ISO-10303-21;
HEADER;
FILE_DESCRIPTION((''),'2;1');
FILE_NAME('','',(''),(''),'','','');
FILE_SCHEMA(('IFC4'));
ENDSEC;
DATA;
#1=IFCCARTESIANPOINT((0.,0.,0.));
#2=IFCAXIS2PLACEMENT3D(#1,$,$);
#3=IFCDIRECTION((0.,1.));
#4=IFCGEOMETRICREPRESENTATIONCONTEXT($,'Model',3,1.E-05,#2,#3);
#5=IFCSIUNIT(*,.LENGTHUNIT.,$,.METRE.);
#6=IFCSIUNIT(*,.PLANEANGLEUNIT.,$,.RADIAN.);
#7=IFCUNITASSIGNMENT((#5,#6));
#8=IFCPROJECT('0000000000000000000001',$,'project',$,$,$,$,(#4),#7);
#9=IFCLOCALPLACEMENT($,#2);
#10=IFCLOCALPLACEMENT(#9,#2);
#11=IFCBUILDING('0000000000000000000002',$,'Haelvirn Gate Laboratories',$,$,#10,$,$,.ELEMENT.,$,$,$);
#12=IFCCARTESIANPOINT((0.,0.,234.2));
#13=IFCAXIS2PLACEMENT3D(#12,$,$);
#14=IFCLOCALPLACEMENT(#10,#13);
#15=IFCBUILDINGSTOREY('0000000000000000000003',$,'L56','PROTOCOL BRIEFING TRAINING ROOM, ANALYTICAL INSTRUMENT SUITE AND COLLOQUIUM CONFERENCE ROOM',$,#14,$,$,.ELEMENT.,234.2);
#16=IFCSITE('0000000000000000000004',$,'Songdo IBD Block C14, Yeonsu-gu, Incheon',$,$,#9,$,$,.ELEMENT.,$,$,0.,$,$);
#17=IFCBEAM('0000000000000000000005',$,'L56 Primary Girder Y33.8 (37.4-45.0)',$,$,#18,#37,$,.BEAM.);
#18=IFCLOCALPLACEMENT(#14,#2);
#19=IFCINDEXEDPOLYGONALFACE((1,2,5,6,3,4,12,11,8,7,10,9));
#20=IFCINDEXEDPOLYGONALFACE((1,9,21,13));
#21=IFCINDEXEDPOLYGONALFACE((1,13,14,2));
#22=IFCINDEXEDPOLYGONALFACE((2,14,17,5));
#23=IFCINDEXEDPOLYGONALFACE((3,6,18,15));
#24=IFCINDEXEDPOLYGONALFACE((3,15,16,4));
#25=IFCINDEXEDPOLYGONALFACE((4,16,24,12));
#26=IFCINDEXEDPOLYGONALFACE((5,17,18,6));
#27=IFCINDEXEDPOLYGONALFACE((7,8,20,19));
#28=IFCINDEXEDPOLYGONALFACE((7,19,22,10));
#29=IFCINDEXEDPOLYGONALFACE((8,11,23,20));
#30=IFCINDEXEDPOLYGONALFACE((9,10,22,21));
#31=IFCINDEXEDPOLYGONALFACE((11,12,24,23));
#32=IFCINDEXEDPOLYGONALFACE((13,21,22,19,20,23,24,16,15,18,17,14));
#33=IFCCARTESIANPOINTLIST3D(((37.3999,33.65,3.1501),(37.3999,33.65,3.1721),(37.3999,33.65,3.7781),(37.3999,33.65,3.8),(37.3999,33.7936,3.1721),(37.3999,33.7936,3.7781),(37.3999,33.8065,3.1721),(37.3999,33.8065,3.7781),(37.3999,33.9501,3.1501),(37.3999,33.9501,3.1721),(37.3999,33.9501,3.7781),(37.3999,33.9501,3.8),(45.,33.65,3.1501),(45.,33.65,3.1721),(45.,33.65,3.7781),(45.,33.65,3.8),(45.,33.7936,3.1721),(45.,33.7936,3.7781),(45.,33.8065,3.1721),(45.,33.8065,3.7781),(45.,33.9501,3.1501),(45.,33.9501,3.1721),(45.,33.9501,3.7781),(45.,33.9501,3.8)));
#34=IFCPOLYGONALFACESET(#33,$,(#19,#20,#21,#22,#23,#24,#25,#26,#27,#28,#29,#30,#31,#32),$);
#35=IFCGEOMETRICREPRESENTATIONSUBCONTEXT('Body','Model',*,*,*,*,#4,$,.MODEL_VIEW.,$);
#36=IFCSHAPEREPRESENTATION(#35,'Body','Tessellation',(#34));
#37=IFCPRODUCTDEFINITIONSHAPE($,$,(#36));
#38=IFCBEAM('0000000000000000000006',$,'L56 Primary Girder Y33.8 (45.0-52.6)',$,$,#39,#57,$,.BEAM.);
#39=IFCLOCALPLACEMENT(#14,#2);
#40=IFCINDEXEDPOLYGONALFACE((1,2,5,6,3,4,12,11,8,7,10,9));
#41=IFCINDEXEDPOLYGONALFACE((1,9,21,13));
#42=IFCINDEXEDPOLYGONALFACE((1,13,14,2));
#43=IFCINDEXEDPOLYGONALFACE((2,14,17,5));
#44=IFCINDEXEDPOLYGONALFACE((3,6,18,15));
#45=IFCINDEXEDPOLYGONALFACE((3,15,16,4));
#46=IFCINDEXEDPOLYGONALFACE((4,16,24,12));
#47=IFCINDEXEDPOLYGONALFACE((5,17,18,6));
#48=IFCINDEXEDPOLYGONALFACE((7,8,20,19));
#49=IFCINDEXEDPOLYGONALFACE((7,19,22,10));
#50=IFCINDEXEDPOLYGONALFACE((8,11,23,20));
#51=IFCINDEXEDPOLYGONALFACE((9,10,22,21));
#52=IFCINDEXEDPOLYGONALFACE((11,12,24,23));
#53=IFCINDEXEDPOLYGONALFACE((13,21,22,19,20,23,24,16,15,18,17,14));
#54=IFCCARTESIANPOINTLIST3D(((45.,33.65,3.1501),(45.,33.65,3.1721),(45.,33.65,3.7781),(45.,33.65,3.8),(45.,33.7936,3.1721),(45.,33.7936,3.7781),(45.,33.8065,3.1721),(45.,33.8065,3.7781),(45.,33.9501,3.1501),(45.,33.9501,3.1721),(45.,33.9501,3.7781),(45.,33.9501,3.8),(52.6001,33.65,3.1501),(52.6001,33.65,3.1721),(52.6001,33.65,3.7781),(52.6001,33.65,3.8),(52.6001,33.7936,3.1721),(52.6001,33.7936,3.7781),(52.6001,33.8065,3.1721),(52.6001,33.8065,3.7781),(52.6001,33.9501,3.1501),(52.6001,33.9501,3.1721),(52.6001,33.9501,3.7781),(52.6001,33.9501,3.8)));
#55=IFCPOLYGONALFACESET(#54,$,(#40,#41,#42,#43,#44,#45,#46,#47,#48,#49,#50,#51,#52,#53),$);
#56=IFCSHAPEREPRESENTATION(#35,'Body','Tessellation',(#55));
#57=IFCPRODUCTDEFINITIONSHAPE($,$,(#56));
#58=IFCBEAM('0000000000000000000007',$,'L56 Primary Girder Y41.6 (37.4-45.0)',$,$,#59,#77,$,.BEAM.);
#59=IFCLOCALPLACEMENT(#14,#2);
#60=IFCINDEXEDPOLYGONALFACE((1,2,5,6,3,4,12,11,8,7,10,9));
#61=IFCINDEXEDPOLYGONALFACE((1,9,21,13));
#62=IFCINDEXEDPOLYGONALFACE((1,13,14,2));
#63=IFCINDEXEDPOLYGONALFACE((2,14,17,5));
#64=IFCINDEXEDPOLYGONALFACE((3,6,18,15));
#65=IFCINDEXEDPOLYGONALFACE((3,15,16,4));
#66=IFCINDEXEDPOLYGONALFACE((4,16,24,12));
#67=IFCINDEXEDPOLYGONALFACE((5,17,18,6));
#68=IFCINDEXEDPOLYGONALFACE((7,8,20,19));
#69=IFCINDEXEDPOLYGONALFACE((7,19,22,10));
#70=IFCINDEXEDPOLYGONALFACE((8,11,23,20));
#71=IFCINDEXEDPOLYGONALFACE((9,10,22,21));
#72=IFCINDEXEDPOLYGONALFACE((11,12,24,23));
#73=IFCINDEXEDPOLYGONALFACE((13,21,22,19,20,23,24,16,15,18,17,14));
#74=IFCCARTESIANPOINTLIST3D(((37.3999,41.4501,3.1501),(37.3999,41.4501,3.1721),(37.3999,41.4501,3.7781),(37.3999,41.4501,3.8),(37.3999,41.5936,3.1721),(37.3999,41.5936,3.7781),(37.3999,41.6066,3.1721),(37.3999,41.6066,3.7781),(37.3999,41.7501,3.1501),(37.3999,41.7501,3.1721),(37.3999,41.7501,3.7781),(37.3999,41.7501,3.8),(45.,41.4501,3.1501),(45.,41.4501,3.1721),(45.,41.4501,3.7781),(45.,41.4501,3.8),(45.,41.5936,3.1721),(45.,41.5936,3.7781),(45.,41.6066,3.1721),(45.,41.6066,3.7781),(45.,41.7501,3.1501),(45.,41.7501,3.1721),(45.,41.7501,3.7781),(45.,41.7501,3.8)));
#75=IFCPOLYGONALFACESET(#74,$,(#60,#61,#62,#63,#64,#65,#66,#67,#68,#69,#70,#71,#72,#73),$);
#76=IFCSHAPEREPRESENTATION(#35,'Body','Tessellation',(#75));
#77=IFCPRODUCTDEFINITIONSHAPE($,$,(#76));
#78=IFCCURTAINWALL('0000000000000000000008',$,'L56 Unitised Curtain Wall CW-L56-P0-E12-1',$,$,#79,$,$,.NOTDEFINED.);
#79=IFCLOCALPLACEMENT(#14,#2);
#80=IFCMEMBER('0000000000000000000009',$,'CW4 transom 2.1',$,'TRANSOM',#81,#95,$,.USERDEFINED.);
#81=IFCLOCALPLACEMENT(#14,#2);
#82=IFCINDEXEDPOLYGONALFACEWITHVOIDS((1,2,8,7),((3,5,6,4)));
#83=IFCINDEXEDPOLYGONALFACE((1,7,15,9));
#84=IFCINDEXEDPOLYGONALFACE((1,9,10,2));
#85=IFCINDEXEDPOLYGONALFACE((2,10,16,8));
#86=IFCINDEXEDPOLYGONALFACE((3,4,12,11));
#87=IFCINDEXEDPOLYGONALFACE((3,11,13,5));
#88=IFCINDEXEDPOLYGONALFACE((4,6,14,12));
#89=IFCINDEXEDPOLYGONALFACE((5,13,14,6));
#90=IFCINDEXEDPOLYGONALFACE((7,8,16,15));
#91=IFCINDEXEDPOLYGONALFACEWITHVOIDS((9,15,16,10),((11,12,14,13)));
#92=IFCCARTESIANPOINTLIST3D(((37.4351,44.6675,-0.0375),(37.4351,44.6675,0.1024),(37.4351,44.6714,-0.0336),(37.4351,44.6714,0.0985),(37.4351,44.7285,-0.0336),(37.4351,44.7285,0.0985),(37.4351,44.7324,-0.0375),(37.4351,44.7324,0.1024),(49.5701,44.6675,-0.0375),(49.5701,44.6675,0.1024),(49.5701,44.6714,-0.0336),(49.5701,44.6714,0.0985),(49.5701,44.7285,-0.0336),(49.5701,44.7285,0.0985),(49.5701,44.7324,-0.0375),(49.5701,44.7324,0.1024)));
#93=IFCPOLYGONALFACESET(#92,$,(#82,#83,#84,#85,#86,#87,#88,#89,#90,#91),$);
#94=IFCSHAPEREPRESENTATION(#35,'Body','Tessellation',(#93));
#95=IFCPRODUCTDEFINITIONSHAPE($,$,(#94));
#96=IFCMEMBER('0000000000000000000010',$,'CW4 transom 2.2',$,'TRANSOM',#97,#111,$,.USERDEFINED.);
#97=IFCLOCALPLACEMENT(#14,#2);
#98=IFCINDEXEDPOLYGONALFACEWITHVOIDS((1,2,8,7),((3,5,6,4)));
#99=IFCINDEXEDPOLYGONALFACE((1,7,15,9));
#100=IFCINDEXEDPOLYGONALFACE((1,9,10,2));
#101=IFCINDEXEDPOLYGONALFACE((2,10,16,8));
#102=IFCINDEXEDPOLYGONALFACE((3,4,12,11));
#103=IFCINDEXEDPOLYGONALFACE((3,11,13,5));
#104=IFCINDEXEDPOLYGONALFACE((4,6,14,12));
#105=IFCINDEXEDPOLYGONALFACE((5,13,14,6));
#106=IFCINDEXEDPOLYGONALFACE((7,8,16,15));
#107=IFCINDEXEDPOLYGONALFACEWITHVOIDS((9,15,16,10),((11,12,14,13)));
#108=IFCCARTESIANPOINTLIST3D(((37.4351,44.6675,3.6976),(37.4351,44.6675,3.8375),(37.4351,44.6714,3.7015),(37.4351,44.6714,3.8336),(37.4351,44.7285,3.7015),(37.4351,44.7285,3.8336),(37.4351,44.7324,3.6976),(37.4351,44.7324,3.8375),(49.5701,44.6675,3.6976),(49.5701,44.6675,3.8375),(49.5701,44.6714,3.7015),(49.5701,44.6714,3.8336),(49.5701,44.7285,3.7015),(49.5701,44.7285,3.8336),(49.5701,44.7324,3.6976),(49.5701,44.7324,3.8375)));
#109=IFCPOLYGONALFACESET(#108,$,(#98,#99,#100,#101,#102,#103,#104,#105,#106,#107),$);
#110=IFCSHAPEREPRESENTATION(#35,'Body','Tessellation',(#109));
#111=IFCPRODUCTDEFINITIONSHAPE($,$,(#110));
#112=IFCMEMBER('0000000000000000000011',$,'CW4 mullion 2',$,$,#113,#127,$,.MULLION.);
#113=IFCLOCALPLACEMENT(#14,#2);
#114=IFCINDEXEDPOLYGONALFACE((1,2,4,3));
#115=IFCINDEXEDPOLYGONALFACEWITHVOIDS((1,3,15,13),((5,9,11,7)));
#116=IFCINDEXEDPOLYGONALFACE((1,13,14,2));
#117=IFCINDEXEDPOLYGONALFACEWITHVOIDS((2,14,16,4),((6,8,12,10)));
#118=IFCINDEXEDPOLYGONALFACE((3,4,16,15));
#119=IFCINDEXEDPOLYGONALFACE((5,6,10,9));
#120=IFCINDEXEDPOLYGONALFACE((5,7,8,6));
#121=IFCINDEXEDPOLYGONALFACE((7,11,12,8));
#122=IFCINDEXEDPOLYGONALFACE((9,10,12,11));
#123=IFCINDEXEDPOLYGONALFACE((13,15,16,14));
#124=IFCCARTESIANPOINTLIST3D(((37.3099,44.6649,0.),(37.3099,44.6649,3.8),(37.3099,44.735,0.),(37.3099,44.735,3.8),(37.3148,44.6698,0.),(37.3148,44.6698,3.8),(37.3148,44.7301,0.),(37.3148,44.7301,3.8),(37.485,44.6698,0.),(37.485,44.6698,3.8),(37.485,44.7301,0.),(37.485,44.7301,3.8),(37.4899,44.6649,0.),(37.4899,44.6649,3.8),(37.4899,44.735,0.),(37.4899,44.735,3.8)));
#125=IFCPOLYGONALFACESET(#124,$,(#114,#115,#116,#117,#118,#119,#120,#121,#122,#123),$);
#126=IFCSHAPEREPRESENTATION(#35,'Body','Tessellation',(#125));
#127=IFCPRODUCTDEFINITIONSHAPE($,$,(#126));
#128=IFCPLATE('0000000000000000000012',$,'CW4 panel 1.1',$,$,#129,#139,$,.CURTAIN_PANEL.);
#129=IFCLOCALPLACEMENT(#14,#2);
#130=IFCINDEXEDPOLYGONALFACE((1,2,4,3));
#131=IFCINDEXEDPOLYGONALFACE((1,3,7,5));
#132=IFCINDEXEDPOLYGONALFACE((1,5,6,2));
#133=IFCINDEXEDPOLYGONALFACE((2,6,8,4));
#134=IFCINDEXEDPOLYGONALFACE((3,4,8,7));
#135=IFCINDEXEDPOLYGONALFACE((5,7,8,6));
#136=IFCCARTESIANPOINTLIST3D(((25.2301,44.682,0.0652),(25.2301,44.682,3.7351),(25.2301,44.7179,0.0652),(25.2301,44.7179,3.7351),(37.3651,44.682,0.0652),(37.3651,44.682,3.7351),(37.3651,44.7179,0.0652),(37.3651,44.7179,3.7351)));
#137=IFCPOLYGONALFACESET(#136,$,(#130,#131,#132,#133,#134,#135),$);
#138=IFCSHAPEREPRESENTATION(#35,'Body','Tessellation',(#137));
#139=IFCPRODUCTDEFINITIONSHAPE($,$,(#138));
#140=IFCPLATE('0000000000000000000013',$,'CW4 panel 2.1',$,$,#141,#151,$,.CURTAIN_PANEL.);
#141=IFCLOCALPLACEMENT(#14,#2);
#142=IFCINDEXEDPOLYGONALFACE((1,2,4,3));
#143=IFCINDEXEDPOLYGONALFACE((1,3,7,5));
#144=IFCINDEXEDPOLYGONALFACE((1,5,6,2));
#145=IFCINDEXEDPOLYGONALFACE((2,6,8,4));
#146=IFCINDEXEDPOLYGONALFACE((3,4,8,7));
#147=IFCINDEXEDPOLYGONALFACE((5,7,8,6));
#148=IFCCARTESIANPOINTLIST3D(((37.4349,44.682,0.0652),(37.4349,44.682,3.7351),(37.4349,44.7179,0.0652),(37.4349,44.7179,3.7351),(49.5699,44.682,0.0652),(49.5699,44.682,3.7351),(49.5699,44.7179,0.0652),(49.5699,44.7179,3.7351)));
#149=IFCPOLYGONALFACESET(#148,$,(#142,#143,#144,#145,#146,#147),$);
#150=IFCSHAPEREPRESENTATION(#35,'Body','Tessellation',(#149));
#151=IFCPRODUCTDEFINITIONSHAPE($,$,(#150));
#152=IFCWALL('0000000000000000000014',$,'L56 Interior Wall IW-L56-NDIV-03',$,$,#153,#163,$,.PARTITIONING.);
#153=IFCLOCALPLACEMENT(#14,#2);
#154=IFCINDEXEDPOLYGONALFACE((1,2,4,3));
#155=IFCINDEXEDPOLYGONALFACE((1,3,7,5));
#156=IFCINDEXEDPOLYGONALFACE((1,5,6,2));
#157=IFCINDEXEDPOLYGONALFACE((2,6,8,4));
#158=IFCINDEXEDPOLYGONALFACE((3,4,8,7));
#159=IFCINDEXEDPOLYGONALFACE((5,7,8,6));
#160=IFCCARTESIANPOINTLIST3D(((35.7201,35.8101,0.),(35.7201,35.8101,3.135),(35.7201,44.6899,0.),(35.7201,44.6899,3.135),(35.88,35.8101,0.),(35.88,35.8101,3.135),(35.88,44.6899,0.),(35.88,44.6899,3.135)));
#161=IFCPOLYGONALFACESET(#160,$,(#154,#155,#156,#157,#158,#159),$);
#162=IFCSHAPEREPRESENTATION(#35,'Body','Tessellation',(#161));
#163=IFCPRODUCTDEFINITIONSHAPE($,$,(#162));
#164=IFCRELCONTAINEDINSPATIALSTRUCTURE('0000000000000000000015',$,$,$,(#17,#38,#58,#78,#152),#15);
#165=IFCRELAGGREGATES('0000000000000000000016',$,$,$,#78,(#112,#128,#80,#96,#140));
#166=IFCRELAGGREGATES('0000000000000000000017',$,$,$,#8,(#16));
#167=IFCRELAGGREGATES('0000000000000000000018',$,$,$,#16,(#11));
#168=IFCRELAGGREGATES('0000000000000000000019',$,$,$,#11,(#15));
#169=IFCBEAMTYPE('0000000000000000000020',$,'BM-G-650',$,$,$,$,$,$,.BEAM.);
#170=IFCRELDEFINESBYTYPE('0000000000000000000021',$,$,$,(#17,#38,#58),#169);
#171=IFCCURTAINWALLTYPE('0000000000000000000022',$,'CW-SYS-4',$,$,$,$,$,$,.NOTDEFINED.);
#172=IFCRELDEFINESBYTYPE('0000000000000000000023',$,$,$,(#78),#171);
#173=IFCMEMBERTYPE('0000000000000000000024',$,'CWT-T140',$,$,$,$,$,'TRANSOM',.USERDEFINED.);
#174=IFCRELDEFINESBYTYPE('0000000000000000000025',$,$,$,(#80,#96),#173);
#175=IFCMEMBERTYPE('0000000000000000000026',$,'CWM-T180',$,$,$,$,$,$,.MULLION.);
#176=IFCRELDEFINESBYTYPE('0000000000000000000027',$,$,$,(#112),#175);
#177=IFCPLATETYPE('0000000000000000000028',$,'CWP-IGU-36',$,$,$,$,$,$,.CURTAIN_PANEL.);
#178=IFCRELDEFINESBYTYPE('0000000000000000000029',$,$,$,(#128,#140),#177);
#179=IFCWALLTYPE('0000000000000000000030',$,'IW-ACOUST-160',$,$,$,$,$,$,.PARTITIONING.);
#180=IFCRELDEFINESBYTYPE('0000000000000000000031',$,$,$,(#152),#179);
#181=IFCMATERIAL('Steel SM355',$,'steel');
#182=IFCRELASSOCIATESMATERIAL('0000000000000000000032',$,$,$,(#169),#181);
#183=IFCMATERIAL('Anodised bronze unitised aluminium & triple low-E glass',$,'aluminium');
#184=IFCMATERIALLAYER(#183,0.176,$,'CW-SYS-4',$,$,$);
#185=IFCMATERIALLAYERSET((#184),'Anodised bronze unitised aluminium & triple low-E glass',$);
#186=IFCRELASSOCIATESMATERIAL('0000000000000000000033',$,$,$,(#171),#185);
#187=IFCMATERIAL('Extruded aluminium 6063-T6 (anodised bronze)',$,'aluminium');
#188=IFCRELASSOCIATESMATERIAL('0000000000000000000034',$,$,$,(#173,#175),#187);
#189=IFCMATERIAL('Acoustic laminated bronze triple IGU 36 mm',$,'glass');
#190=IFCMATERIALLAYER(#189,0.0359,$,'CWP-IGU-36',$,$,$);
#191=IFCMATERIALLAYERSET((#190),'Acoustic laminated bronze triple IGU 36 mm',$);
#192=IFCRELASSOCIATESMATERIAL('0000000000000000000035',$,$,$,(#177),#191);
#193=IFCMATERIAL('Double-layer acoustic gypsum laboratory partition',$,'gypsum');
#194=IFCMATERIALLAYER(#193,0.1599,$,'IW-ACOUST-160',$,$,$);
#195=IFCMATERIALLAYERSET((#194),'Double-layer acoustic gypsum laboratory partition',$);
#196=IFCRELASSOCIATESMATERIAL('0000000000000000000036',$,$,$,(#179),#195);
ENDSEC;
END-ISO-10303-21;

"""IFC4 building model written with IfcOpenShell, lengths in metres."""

from ifc_helpers import new_model, si_unit, direction, frame, frame_2d, origin, origin_2d, place, context, subcontext, project, spatial, rectangle, hollow_rectangle, i_section, extrude, source, transform, mapped, material, layer, layer_set, material_profile, profile_set, type_object, type_shapes, element, aggregate, save


model = new_model("IFC4")

# Units and contexts
model_context = context("Model", 3, precision=1e-05, world=origin(), true_north=direction((0.0, 1.0)))
body_context = subcontext(model_context, "Body", "Model", "MODEL_VIEW")
ifc_project = project(units=[si_unit("LENGTHUNIT", "METRE"), si_unit("PLANEANGLEUNIT", "RADIAN")], contexts=[model_context])

# Site, building, storey
site_placement = place(None, origin())
site = spatial("IfcSite", under=ifc_project, at=site_placement, Name="Songdo IBD Block C14, Yeonsu-gu, Incheon", CompositionType="ELEMENT", RefElevation=0.0)
building_placement = place(site_placement, origin())
building = spatial("IfcBuilding", under=site, at=building_placement, Name="Haelvirn Gate Laboratories", CompositionType="ELEMENT")
storey_placement = place(building_placement, frame((0.0, 0.0, 234.2)))
storey = spatial("IfcBuildingStorey", under=building, at=storey_placement, Name="L56", Description="PROTOCOL BRIEFING TRAINING ROOM, ANALYTICAL INSTRUMENT SUITE AND COLLOQUIUM CONFERENCE ROOM", CompositionType="ELEMENT", Elevation=234.2)

# Shared definitions
ifc_material_1 = material(Name="Steel SM355", Category="steel")

# Beams
ifc_material_profile_1 = material_profile(ifc_material_1, i_section(OverallWidth=0.3, OverallDepth=0.6499, WebThickness=0.0129, FlangeThickness=0.022, at=origin_2d()), Name="H-650x300x13x22")
ifc_profile_set_1 = profile_set([ifc_material_profile_1], Name="Steel SM355")
beam_type_1 = type_object("IfcBeamType", Name="BM-G-650", PredefinedType="BEAM", material=ifc_profile_set_1)
shared_shape_1 = source(origin(), body_context, "Body", "SweptSolid", [
    extrude(i_section(OverallWidth=0.3, OverallDepth=0.6499, WebThickness=0.0129, FlangeThickness=0.022, at=origin_2d()), origin(), (0.0, 0.0, 1.0), 7.6001),
])
type_shapes(beam_type_1, [shared_shape_1])
for number, where, z_axis, x_axis, name in (
    (1, (37.3999, 33.8, 3.4751), (1.0, 0.0, 0.0), (0.0, 1.0, 0.0), "L56 Primary Girder Y33.8 (37.4-45.0)"),
    (2, (45.0, 33.8, 3.4751), (1.0, 0.0, 0.0), (0.0, 1.0, 0.0), "L56 Primary Girder Y33.8 (45.0-52.6)"),
    (3, (37.3999, 41.6001, 3.4751), (1.0, 0.0, 0.0), (0.0, 1.0, 0.0), "L56 Primary Girder Y41.6 (37.4-45.0)"),
):
    element("IfcBeam", number, at=place(storey_placement, frame(where, z_axis=z_axis, x_axis=x_axis)), inside=storey, type_object=beam_type_1, Name=name, PredefinedType="BEAM", context=body_context, shape_type="MappedRepresentation", body=[
        mapped(shared_shape_1, transform((0.0, 0.0, 0.0), scale=1.0)),
    ])

# Curtain wall, members, plates
ifc_material_2 = material(Name="Anodised bronze unitised aluminium & triple low-E glass", Category="aluminium")
ifc_layer_1 = layer(ifc_material_2, 0.176, Name="CW-SYS-4")
ifc_layer_set_1 = layer_set([ifc_layer_1], Name="Anodised bronze unitised aluminium & triple low-E glass")
curtain_wall_type = type_object("IfcCurtainWallType", Name="CW-SYS-4", PredefinedType="NOTDEFINED", material=ifc_layer_set_1)
curtain_wall_placement = place(storey_placement, origin())
curtain_wall = element("IfcCurtainWall", 4, at=curtain_wall_placement, inside=storey, type_object=curtain_wall_type, Name="L56 Unitised Curtain Wall CW-L56-P0-E12-1", PredefinedType="NOTDEFINED")
ifc_material_3 = material(Name="Extruded aluminium 6063-T6 (anodised bronze)", Category="aluminium")
ifc_material_profile_2 = material_profile(ifc_material_3, hollow_rectangle(XDim=0.0649, YDim=0.1399, WallThickness=0.0039, at=origin_2d()), Name="CWT-140x65x4")
ifc_profile_set_2 = profile_set([ifc_material_profile_2], Name="Extruded aluminium 6063-T6 (anodised bronze)")
member_type_1 = type_object("IfcMemberType", Name="CWT-T140", ElementType="TRANSOM", PredefinedType="USERDEFINED", material=ifc_profile_set_2)
shared_shape_2 = source(origin(), body_context, "Body", "SweptSolid", [
    extrude(hollow_rectangle(XDim=0.0649, YDim=0.1399, WallThickness=0.0039, at=origin_2d()), origin(), (0.0, 0.0, 1.0), 12.135),
])
type_shapes(member_type_1, [shared_shape_2])
member_1_placement = place(storey_placement, frame((37.4351, 44.7, 0.0325), z_axis=(1.0, 0.0, 0.0), x_axis=(0.0, 1.0, 0.0)))
member_1 = element("IfcMember", 5, at=member_1_placement, type_object=member_type_1, Name="CW4 transom 2.1", ObjectType="TRANSOM", PredefinedType="USERDEFINED", context=body_context, shape_type="MappedRepresentation", body=[
    mapped(shared_shape_2, transform((0.0, 0.0, 0.0), scale=1.0)),
])
member_2_placement = place(storey_placement, frame((37.4351, 44.7, 3.7676), z_axis=(1.0, 0.0, 0.0), x_axis=(0.0, 1.0, 0.0)))
member_2 = element("IfcMember", 6, at=member_2_placement, type_object=member_type_1, Name="CW4 transom 2.2", ObjectType="TRANSOM", PredefinedType="USERDEFINED", context=body_context, shape_type="MappedRepresentation", body=[
    mapped(shared_shape_2, transform((0.0, 0.0, 0.0), scale=1.0)),
])
ifc_material_profile_3 = material_profile(ifc_material_3, hollow_rectangle(XDim=0.0701, YDim=0.1799, WallThickness=0.0049, at=origin_2d()), Name="CWM-180x70x5")
ifc_profile_set_3 = profile_set([ifc_material_profile_3], Name="Extruded aluminium 6063-T6 (anodised bronze)")
member_type_2 = type_object("IfcMemberType", Name="CWM-T180", PredefinedType="MULLION", material=ifc_profile_set_3)
shared_shape_3 = source(origin(), body_context, "Body", "SweptSolid", [
    extrude(hollow_rectangle(XDim=0.0701, YDim=0.1799, WallThickness=0.0049, at=origin_2d()), origin(), (0.0, 0.0, 1.0), 3.8),
])
type_shapes(member_type_2, [shared_shape_3])
member_3_placement = place(storey_placement, frame((37.3999, 44.7, 0.0), z_axis=(0.0, 0.0, 1.0), x_axis=(0.0, 1.0, 0.0)))
member_3 = element("IfcMember", 7, at=member_3_placement, type_object=member_type_2, Name="CW4 mullion 2", PredefinedType="MULLION", context=body_context, shape_type="MappedRepresentation", body=[
    mapped(shared_shape_3, transform((0.0, 0.0, 0.0), scale=1.0)),
])
ifc_material_4 = material(Name="Acoustic laminated bronze triple IGU 36 mm", Category="glass")
ifc_layer_2 = layer(ifc_material_4, 0.0359, Name="CWP-IGU-36")
ifc_layer_set_2 = layer_set([ifc_layer_2], Name="Acoustic laminated bronze triple IGU 36 mm")
plate_type = type_object("IfcPlateType", Name="CWP-IGU-36", PredefinedType="CURTAIN_PANEL", material=ifc_layer_set_2)
shared_shape_4 = source(origin(), body_context, "Body", "SweptSolid", [
    extrude(rectangle(XDim=12.135, YDim=0.0359, at=origin_2d()), origin(), (0.0, 0.0, 1.0), 3.6699),
])
type_shapes(plate_type, [shared_shape_4])
plate_1_placement = place(storey_placement, frame((31.2976, 44.7, 0.0652), z_axis=(0.0, 0.0, 1.0), x_axis=(1.0, 0.0, 0.0)))
plate_1 = element("IfcPlate", 8, at=plate_1_placement, type_object=plate_type, Name="CW4 panel 1.1", PredefinedType="CURTAIN_PANEL", context=body_context, shape_type="MappedRepresentation", body=[
    mapped(shared_shape_4, transform((0.0, 0.0, 0.0), scale=1.0)),
])
plate_2_placement = place(storey_placement, frame((43.5024, 44.7, 0.0652), z_axis=(0.0, 0.0, 1.0), x_axis=(1.0, 0.0, 0.0)))
plate_2 = element("IfcPlate", 9, at=plate_2_placement, type_object=plate_type, Name="CW4 panel 2.1", PredefinedType="CURTAIN_PANEL", context=body_context, shape_type="MappedRepresentation", body=[
    mapped(shared_shape_4, transform((0.0, 0.0, 0.0), scale=1.0)),
])
aggregate(curtain_wall, [member_3, plate_1, member_1, member_2, plate_2])

# Wall
ifc_material_5 = material(Name="Double-layer acoustic gypsum laboratory partition", Category="gypsum")
ifc_layer_3 = layer(ifc_material_5, 0.1599, Name="IW-ACOUST-160")
ifc_layer_set_3 = layer_set([ifc_layer_3], Name="Double-layer acoustic gypsum laboratory partition")
wall_type_1 = type_object("IfcWallType", Name="IW-ACOUST-160", PredefinedType="PARTITIONING", material=ifc_layer_set_3)
wall_1_placement = place(storey_placement, frame((35.8, 35.8101, 0.0), z_axis=(0.0, 0.0, 1.0), x_axis=(0.0, 1.0, 0.0)))
element("IfcWall", 10, at=wall_1_placement, inside=storey, type_object=wall_type_1, Name="L56 Interior Wall IW-L56-NDIV-03", PredefinedType="PARTITIONING", context=body_context, shape_type="SweptSolid", body=[
    extrude(rectangle(XDim=8.8799, YDim=0.1599, at=frame_2d((4.4399, 0.0))), origin(), (0.0, 0.0, 1.0), 3.135),
])

save(model, "model.ifc")
